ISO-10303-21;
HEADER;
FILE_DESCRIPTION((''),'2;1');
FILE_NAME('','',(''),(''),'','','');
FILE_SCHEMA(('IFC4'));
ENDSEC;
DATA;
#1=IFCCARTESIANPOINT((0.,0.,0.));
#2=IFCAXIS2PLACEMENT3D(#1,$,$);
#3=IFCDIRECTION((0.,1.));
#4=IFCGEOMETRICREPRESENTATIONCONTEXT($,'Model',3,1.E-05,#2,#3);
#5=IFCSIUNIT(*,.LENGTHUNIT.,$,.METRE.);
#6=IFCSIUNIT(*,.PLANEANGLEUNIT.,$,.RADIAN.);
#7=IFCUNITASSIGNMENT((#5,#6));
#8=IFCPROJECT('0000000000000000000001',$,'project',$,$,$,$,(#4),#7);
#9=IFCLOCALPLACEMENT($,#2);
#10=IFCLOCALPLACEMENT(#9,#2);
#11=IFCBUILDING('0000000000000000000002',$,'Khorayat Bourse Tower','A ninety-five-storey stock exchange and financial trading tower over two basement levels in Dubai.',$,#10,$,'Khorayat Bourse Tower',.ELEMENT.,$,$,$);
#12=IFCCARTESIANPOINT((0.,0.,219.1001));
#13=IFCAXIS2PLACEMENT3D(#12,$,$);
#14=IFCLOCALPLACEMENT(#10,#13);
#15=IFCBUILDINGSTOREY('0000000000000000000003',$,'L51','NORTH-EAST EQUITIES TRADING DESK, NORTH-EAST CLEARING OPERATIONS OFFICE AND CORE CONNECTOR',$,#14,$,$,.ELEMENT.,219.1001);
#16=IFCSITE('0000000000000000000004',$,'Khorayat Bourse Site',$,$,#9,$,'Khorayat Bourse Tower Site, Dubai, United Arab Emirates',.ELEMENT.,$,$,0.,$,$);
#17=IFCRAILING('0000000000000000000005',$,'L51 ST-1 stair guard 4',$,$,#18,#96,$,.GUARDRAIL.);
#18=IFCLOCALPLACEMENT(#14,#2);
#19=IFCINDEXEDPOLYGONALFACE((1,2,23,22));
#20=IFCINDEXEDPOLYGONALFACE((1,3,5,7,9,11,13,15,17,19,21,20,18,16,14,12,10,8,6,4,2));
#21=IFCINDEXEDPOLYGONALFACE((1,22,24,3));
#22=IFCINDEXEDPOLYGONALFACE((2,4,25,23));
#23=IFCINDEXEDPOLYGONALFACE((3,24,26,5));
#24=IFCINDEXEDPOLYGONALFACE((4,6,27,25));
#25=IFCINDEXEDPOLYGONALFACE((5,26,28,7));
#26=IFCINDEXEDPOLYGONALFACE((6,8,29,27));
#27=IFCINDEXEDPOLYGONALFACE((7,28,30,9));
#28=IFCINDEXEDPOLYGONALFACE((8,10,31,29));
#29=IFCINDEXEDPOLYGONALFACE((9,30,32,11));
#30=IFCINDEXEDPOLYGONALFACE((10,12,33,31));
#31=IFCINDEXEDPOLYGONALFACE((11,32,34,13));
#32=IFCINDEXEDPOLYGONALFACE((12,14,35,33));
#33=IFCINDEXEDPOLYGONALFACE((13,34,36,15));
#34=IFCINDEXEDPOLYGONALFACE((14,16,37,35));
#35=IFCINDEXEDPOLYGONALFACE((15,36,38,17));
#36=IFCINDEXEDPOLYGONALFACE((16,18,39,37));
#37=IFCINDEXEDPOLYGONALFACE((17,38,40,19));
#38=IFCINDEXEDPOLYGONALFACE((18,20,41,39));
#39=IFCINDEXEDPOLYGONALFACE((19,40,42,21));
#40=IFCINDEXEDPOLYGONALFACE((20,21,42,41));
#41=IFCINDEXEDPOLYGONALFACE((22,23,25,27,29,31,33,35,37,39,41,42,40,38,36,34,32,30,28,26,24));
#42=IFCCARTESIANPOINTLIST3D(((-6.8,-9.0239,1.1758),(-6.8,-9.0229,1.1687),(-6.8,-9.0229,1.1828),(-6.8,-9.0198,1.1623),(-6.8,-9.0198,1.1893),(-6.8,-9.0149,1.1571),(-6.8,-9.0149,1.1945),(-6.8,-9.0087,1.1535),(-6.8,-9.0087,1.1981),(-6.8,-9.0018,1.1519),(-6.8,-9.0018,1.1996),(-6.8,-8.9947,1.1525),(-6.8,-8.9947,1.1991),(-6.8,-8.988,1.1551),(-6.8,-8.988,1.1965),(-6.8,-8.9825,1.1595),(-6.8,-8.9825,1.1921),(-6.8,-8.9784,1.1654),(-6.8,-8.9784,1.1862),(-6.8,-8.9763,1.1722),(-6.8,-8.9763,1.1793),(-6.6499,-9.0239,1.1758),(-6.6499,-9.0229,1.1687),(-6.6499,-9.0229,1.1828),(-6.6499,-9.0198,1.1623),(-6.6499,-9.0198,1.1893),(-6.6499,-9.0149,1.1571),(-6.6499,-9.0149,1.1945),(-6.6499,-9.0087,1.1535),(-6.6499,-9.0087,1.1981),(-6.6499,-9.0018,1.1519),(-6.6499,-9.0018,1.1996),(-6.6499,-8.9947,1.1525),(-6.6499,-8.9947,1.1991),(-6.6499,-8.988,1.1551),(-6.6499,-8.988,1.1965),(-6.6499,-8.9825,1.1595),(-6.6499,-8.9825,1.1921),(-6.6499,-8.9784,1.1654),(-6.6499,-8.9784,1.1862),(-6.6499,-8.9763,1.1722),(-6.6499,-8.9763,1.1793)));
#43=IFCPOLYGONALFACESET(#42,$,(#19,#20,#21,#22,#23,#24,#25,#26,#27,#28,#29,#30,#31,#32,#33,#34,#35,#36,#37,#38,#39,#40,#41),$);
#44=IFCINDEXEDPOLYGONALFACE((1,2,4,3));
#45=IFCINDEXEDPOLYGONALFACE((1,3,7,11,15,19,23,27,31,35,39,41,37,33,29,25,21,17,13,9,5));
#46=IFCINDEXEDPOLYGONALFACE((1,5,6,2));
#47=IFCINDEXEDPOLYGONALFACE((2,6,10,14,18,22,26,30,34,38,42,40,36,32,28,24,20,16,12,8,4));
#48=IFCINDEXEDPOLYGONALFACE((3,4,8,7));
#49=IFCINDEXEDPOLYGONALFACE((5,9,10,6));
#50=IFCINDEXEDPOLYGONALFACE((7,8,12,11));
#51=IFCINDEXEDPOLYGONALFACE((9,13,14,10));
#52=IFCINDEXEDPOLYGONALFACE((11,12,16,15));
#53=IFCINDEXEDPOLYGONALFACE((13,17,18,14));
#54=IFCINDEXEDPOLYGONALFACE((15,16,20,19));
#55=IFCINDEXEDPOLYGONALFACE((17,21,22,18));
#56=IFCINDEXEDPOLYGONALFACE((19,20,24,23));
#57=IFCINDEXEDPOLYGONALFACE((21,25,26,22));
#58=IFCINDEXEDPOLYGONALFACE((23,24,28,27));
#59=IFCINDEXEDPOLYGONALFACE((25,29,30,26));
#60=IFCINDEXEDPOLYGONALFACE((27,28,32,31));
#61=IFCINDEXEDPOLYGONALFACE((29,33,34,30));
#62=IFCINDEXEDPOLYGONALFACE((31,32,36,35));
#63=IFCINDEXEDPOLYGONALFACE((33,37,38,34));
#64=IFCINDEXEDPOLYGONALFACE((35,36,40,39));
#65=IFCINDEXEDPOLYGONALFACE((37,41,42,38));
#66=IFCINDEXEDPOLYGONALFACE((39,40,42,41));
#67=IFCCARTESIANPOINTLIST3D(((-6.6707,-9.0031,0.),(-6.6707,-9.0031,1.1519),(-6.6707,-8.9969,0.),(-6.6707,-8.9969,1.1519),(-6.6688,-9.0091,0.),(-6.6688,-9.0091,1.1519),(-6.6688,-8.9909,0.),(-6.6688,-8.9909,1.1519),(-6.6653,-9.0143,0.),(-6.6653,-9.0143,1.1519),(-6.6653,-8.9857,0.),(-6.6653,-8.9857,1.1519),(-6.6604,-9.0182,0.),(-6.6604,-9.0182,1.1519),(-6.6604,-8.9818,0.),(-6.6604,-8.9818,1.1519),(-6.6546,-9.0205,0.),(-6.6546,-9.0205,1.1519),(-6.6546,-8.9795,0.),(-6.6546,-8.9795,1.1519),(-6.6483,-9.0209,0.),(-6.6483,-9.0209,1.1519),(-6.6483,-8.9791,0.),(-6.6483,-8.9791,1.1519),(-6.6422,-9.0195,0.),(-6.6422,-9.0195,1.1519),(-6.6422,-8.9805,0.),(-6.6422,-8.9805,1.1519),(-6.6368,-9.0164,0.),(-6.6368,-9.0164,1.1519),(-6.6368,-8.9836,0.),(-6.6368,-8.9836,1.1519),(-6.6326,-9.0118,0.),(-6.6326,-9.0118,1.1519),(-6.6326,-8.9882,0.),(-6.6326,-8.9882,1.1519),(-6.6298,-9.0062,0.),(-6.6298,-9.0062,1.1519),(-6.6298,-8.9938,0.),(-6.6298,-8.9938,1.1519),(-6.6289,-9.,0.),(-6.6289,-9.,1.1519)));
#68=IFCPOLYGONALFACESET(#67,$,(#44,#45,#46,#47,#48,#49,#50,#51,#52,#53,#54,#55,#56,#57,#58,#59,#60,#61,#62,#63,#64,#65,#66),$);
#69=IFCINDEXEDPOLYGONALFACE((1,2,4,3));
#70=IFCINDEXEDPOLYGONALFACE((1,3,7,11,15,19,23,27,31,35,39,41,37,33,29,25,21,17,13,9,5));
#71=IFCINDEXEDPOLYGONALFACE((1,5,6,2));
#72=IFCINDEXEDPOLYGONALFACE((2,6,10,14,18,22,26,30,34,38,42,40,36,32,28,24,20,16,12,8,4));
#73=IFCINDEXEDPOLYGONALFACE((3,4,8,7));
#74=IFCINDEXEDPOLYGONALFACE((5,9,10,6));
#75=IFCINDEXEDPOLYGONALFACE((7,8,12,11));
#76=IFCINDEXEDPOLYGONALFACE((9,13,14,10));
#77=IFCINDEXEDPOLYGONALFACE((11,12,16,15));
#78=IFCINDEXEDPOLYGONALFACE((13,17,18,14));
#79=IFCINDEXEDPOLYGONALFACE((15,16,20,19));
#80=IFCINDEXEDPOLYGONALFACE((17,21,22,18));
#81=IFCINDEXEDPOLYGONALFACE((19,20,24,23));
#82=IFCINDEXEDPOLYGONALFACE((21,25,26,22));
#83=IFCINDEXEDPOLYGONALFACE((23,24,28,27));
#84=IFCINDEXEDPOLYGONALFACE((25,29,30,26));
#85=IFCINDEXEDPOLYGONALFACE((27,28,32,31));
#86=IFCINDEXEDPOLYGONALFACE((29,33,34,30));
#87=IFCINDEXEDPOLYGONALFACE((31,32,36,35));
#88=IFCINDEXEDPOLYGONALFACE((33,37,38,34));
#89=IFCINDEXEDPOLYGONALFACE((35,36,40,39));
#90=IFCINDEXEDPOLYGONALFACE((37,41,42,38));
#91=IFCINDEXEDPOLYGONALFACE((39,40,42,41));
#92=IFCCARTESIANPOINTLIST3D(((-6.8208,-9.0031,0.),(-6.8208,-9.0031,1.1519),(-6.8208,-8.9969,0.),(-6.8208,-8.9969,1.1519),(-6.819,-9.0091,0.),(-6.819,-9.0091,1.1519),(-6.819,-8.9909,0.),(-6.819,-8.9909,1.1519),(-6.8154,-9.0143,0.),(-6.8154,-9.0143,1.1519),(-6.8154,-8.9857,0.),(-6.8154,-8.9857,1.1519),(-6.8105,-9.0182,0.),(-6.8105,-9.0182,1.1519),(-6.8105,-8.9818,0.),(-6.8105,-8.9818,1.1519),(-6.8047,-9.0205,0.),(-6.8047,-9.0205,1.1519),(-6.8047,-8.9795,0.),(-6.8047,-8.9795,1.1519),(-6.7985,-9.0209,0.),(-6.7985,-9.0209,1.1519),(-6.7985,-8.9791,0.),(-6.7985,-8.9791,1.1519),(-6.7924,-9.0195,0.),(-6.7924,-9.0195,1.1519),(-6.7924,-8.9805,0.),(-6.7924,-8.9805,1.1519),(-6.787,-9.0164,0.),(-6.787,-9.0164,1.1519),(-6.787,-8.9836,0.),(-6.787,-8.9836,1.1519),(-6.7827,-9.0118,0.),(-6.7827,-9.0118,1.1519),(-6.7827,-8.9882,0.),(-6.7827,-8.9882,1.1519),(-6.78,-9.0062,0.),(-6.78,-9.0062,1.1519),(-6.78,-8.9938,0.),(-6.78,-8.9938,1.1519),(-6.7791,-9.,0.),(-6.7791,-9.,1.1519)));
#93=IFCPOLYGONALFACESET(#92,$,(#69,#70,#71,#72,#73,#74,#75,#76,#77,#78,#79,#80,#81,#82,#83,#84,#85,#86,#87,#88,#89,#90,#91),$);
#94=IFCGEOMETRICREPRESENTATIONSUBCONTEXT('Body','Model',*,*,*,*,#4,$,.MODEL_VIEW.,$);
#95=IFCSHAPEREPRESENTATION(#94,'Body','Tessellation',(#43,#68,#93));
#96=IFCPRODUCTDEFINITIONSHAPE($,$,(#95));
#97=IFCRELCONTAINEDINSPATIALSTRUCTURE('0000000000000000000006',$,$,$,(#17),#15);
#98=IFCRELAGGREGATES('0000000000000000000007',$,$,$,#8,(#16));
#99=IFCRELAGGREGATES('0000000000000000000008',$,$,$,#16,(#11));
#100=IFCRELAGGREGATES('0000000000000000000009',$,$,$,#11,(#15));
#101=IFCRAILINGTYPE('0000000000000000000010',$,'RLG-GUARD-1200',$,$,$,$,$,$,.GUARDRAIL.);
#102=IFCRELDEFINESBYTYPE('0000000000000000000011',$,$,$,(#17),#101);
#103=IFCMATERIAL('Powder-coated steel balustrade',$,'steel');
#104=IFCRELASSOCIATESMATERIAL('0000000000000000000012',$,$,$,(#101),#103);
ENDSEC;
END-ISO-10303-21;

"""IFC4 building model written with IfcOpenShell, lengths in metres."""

from ifc_helpers import new_model, si_unit, direction, frame, origin, origin_2d, place, context, subcontext, project, spatial, circle, extrude, source, transform, mapped, material, type_object, element, save


model = new_model("IFC4")

# Units and contexts
model_context = context("Model", 3, precision=1e-05, world=origin(), true_north=direction((0.0, 1.0)))
body_context = subcontext(model_context, "Body", "Model", "MODEL_VIEW")
ifc_project = project(units=[si_unit("LENGTHUNIT", "METRE"), si_unit("PLANEANGLEUNIT", "RADIAN")], contexts=[model_context])

# Site, building, storey
site_placement = place(None, origin())
site = spatial("IfcSite", under=ifc_project, at=site_placement, Name="Khorayat Bourse Site", LongName="Khorayat Bourse Tower Site, Dubai, United Arab Emirates", CompositionType="ELEMENT", RefElevation=0.0)
building_placement = place(site_placement, origin())
building = spatial("IfcBuilding", under=site, at=building_placement, Name="Khorayat Bourse Tower", Description="A ninety-five-storey stock exchange and financial trading tower over two basement levels in Dubai.", LongName="Khorayat Bourse Tower", CompositionType="ELEMENT")
storey_placement = place(building_placement, frame((0.0, 0.0, 219.1001)))
storey = spatial("IfcBuildingStorey", under=building, at=storey_placement, Name="L51", Description="NORTH-EAST EQUITIES TRADING DESK, NORTH-EAST CLEARING OPERATIONS OFFICE AND CORE CONNECTOR", CompositionType="ELEMENT", Elevation=219.1001)

# Railing
ifc_material_1 = material(Name="Powder-coated steel balustrade", Category="steel")
railing_type_1 = type_object("IfcRailingType", Name="RLG-GUARD-1200", PredefinedType="GUARDRAIL", material=ifc_material_1)
shared_shape_1 = source(origin(), body_context, "Body", "SweptSolid", [
    extrude(circle(Radius=0.0239, at=origin_2d()), frame((0.0, 0.0, 1.1758), z_axis=(-1.0, 0.0, 0.0), x_axis=(0.0, -1.0, 0.0)), (0.0, 0.0, 1.0), 0.1501),
    extrude(circle(Radius=0.021, at=origin_2d()), origin(), (0.0, 0.0, 1.0), 1.1519),
    extrude(circle(Radius=0.021, at=origin_2d()), frame((-0.1501, 0.0, 0.0)), (0.0, 0.0, 1.0), 1.1519),
])
for number, where, name in (
    (1, (-6.6499, -9.0, 0.0), "L51 ST-1 stair guard 4"),
):
    element("IfcRailing", number, at=place(storey_placement, frame(where)), inside=storey, type_object=railing_type_1, Name=name, PredefinedType="GUARDRAIL", context=body_context, shape_type="MappedRepresentation", body=[
        mapped(shared_shape_1, transform((0.0, 0.0, 0.0), scale=1.0)),
    ])

save(model, "model.ifc")
